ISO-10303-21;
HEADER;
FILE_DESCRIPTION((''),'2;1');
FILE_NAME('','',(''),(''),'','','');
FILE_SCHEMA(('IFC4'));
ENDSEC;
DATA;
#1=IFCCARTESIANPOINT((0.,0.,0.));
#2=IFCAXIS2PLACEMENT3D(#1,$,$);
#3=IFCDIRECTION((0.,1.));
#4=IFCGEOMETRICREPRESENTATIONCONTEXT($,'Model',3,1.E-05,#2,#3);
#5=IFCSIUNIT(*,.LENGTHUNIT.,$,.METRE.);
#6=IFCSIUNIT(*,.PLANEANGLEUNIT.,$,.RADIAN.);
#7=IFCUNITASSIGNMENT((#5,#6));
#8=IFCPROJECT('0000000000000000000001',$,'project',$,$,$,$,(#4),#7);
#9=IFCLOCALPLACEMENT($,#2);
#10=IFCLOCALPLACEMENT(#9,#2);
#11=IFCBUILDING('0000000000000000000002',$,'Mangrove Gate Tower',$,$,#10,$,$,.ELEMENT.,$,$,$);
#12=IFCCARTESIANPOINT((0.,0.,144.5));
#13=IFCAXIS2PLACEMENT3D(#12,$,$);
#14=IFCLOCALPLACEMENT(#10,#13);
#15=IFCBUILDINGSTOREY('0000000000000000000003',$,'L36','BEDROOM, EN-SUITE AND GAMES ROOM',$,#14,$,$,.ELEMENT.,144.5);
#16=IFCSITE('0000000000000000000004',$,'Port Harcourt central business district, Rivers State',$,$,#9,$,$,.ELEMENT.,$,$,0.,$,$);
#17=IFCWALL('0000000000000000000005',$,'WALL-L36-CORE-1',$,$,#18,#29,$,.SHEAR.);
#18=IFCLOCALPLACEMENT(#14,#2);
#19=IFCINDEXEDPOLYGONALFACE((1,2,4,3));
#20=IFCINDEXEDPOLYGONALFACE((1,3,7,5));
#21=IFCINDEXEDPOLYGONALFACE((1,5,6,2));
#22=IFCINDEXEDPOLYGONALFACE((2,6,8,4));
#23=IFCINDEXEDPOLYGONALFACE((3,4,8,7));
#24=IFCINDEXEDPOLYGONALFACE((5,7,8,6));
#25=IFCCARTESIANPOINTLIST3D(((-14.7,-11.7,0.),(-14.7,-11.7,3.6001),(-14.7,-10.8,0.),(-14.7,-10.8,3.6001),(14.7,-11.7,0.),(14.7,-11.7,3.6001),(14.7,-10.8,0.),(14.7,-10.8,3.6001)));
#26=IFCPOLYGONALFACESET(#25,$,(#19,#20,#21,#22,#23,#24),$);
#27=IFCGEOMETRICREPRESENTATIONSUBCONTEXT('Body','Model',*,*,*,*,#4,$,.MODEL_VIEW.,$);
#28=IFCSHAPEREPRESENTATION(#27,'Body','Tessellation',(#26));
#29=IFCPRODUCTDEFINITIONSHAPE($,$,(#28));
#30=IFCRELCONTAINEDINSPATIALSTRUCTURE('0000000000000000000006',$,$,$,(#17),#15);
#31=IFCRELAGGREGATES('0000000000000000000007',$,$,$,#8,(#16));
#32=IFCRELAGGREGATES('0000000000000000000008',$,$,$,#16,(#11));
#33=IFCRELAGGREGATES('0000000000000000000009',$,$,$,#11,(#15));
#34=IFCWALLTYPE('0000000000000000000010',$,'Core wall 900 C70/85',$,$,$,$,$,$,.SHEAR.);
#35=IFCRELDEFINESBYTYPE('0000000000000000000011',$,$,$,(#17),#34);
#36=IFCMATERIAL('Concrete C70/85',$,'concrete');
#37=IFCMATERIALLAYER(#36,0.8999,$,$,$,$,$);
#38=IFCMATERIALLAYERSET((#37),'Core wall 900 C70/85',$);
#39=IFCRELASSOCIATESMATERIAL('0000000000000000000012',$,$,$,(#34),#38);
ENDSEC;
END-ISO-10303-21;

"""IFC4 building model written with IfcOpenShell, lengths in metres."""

from ifc_helpers import new_model, si_unit, direction, frame, frame_2d, origin, place, context, subcontext, project, spatial, rectangle, extrude, material, layer, layer_set, type_object, element, save


model = new_model("IFC4")

# Units and contexts
model_context = context("Model", 3, precision=1e-05, world=origin(), true_north=direction((0.0, 1.0)))
body_context = subcontext(model_context, "Body", "Model", "MODEL_VIEW")
ifc_project = project(units=[si_unit("LENGTHUNIT", "METRE"), si_unit("PLANEANGLEUNIT", "RADIAN")], contexts=[model_context])

# Site, building, storey
site_placement = place(None, origin())
site = spatial("IfcSite", under=ifc_project, at=site_placement, Name="Port Harcourt central business district, Rivers State", CompositionType="ELEMENT", RefElevation=0.0)
building_placement = place(site_placement, origin())
building = spatial("IfcBuilding", under=site, at=building_placement, Name="Mangrove Gate Tower", CompositionType="ELEMENT")
storey_placement = place(building_placement, frame((0.0, 0.0, 144.5)))
storey = spatial("IfcBuildingStorey", under=building, at=storey_placement, Name="L36", Description="BEDROOM, EN-SUITE AND GAMES ROOM", CompositionType="ELEMENT", Elevation=144.5)

# Wall
ifc_material_1 = material(Name="Concrete C70/85", Category="concrete")
ifc_layer_1 = layer(ifc_material_1, 0.8999)
ifc_layer_set_1 = layer_set([ifc_layer_1], Name="Core wall 900 C70/85")
wall_type_1 = type_object("IfcWallType", Name="Core wall 900 C70/85", PredefinedType="SHEAR", material=ifc_layer_set_1)
wall_1_placement = place(storey_placement, frame((-14.7, -11.25, 0.0), z_axis=(0.0, 0.0, 1.0), x_axis=(1.0, 0.0, 0.0)))
element("IfcWall", 1, at=wall_1_placement, inside=storey, type_object=wall_type_1, Name="WALL-L36-CORE-1", PredefinedType="SHEAR", context=body_context, shape_type="SweptSolid", body=[
    extrude(rectangle(XDim=29.3999, YDim=0.8999, at=frame_2d((14.7, 0.0))), origin(), (0.0, 0.0, 1.0), 3.6001),
])

save(model, "model.ifc")
